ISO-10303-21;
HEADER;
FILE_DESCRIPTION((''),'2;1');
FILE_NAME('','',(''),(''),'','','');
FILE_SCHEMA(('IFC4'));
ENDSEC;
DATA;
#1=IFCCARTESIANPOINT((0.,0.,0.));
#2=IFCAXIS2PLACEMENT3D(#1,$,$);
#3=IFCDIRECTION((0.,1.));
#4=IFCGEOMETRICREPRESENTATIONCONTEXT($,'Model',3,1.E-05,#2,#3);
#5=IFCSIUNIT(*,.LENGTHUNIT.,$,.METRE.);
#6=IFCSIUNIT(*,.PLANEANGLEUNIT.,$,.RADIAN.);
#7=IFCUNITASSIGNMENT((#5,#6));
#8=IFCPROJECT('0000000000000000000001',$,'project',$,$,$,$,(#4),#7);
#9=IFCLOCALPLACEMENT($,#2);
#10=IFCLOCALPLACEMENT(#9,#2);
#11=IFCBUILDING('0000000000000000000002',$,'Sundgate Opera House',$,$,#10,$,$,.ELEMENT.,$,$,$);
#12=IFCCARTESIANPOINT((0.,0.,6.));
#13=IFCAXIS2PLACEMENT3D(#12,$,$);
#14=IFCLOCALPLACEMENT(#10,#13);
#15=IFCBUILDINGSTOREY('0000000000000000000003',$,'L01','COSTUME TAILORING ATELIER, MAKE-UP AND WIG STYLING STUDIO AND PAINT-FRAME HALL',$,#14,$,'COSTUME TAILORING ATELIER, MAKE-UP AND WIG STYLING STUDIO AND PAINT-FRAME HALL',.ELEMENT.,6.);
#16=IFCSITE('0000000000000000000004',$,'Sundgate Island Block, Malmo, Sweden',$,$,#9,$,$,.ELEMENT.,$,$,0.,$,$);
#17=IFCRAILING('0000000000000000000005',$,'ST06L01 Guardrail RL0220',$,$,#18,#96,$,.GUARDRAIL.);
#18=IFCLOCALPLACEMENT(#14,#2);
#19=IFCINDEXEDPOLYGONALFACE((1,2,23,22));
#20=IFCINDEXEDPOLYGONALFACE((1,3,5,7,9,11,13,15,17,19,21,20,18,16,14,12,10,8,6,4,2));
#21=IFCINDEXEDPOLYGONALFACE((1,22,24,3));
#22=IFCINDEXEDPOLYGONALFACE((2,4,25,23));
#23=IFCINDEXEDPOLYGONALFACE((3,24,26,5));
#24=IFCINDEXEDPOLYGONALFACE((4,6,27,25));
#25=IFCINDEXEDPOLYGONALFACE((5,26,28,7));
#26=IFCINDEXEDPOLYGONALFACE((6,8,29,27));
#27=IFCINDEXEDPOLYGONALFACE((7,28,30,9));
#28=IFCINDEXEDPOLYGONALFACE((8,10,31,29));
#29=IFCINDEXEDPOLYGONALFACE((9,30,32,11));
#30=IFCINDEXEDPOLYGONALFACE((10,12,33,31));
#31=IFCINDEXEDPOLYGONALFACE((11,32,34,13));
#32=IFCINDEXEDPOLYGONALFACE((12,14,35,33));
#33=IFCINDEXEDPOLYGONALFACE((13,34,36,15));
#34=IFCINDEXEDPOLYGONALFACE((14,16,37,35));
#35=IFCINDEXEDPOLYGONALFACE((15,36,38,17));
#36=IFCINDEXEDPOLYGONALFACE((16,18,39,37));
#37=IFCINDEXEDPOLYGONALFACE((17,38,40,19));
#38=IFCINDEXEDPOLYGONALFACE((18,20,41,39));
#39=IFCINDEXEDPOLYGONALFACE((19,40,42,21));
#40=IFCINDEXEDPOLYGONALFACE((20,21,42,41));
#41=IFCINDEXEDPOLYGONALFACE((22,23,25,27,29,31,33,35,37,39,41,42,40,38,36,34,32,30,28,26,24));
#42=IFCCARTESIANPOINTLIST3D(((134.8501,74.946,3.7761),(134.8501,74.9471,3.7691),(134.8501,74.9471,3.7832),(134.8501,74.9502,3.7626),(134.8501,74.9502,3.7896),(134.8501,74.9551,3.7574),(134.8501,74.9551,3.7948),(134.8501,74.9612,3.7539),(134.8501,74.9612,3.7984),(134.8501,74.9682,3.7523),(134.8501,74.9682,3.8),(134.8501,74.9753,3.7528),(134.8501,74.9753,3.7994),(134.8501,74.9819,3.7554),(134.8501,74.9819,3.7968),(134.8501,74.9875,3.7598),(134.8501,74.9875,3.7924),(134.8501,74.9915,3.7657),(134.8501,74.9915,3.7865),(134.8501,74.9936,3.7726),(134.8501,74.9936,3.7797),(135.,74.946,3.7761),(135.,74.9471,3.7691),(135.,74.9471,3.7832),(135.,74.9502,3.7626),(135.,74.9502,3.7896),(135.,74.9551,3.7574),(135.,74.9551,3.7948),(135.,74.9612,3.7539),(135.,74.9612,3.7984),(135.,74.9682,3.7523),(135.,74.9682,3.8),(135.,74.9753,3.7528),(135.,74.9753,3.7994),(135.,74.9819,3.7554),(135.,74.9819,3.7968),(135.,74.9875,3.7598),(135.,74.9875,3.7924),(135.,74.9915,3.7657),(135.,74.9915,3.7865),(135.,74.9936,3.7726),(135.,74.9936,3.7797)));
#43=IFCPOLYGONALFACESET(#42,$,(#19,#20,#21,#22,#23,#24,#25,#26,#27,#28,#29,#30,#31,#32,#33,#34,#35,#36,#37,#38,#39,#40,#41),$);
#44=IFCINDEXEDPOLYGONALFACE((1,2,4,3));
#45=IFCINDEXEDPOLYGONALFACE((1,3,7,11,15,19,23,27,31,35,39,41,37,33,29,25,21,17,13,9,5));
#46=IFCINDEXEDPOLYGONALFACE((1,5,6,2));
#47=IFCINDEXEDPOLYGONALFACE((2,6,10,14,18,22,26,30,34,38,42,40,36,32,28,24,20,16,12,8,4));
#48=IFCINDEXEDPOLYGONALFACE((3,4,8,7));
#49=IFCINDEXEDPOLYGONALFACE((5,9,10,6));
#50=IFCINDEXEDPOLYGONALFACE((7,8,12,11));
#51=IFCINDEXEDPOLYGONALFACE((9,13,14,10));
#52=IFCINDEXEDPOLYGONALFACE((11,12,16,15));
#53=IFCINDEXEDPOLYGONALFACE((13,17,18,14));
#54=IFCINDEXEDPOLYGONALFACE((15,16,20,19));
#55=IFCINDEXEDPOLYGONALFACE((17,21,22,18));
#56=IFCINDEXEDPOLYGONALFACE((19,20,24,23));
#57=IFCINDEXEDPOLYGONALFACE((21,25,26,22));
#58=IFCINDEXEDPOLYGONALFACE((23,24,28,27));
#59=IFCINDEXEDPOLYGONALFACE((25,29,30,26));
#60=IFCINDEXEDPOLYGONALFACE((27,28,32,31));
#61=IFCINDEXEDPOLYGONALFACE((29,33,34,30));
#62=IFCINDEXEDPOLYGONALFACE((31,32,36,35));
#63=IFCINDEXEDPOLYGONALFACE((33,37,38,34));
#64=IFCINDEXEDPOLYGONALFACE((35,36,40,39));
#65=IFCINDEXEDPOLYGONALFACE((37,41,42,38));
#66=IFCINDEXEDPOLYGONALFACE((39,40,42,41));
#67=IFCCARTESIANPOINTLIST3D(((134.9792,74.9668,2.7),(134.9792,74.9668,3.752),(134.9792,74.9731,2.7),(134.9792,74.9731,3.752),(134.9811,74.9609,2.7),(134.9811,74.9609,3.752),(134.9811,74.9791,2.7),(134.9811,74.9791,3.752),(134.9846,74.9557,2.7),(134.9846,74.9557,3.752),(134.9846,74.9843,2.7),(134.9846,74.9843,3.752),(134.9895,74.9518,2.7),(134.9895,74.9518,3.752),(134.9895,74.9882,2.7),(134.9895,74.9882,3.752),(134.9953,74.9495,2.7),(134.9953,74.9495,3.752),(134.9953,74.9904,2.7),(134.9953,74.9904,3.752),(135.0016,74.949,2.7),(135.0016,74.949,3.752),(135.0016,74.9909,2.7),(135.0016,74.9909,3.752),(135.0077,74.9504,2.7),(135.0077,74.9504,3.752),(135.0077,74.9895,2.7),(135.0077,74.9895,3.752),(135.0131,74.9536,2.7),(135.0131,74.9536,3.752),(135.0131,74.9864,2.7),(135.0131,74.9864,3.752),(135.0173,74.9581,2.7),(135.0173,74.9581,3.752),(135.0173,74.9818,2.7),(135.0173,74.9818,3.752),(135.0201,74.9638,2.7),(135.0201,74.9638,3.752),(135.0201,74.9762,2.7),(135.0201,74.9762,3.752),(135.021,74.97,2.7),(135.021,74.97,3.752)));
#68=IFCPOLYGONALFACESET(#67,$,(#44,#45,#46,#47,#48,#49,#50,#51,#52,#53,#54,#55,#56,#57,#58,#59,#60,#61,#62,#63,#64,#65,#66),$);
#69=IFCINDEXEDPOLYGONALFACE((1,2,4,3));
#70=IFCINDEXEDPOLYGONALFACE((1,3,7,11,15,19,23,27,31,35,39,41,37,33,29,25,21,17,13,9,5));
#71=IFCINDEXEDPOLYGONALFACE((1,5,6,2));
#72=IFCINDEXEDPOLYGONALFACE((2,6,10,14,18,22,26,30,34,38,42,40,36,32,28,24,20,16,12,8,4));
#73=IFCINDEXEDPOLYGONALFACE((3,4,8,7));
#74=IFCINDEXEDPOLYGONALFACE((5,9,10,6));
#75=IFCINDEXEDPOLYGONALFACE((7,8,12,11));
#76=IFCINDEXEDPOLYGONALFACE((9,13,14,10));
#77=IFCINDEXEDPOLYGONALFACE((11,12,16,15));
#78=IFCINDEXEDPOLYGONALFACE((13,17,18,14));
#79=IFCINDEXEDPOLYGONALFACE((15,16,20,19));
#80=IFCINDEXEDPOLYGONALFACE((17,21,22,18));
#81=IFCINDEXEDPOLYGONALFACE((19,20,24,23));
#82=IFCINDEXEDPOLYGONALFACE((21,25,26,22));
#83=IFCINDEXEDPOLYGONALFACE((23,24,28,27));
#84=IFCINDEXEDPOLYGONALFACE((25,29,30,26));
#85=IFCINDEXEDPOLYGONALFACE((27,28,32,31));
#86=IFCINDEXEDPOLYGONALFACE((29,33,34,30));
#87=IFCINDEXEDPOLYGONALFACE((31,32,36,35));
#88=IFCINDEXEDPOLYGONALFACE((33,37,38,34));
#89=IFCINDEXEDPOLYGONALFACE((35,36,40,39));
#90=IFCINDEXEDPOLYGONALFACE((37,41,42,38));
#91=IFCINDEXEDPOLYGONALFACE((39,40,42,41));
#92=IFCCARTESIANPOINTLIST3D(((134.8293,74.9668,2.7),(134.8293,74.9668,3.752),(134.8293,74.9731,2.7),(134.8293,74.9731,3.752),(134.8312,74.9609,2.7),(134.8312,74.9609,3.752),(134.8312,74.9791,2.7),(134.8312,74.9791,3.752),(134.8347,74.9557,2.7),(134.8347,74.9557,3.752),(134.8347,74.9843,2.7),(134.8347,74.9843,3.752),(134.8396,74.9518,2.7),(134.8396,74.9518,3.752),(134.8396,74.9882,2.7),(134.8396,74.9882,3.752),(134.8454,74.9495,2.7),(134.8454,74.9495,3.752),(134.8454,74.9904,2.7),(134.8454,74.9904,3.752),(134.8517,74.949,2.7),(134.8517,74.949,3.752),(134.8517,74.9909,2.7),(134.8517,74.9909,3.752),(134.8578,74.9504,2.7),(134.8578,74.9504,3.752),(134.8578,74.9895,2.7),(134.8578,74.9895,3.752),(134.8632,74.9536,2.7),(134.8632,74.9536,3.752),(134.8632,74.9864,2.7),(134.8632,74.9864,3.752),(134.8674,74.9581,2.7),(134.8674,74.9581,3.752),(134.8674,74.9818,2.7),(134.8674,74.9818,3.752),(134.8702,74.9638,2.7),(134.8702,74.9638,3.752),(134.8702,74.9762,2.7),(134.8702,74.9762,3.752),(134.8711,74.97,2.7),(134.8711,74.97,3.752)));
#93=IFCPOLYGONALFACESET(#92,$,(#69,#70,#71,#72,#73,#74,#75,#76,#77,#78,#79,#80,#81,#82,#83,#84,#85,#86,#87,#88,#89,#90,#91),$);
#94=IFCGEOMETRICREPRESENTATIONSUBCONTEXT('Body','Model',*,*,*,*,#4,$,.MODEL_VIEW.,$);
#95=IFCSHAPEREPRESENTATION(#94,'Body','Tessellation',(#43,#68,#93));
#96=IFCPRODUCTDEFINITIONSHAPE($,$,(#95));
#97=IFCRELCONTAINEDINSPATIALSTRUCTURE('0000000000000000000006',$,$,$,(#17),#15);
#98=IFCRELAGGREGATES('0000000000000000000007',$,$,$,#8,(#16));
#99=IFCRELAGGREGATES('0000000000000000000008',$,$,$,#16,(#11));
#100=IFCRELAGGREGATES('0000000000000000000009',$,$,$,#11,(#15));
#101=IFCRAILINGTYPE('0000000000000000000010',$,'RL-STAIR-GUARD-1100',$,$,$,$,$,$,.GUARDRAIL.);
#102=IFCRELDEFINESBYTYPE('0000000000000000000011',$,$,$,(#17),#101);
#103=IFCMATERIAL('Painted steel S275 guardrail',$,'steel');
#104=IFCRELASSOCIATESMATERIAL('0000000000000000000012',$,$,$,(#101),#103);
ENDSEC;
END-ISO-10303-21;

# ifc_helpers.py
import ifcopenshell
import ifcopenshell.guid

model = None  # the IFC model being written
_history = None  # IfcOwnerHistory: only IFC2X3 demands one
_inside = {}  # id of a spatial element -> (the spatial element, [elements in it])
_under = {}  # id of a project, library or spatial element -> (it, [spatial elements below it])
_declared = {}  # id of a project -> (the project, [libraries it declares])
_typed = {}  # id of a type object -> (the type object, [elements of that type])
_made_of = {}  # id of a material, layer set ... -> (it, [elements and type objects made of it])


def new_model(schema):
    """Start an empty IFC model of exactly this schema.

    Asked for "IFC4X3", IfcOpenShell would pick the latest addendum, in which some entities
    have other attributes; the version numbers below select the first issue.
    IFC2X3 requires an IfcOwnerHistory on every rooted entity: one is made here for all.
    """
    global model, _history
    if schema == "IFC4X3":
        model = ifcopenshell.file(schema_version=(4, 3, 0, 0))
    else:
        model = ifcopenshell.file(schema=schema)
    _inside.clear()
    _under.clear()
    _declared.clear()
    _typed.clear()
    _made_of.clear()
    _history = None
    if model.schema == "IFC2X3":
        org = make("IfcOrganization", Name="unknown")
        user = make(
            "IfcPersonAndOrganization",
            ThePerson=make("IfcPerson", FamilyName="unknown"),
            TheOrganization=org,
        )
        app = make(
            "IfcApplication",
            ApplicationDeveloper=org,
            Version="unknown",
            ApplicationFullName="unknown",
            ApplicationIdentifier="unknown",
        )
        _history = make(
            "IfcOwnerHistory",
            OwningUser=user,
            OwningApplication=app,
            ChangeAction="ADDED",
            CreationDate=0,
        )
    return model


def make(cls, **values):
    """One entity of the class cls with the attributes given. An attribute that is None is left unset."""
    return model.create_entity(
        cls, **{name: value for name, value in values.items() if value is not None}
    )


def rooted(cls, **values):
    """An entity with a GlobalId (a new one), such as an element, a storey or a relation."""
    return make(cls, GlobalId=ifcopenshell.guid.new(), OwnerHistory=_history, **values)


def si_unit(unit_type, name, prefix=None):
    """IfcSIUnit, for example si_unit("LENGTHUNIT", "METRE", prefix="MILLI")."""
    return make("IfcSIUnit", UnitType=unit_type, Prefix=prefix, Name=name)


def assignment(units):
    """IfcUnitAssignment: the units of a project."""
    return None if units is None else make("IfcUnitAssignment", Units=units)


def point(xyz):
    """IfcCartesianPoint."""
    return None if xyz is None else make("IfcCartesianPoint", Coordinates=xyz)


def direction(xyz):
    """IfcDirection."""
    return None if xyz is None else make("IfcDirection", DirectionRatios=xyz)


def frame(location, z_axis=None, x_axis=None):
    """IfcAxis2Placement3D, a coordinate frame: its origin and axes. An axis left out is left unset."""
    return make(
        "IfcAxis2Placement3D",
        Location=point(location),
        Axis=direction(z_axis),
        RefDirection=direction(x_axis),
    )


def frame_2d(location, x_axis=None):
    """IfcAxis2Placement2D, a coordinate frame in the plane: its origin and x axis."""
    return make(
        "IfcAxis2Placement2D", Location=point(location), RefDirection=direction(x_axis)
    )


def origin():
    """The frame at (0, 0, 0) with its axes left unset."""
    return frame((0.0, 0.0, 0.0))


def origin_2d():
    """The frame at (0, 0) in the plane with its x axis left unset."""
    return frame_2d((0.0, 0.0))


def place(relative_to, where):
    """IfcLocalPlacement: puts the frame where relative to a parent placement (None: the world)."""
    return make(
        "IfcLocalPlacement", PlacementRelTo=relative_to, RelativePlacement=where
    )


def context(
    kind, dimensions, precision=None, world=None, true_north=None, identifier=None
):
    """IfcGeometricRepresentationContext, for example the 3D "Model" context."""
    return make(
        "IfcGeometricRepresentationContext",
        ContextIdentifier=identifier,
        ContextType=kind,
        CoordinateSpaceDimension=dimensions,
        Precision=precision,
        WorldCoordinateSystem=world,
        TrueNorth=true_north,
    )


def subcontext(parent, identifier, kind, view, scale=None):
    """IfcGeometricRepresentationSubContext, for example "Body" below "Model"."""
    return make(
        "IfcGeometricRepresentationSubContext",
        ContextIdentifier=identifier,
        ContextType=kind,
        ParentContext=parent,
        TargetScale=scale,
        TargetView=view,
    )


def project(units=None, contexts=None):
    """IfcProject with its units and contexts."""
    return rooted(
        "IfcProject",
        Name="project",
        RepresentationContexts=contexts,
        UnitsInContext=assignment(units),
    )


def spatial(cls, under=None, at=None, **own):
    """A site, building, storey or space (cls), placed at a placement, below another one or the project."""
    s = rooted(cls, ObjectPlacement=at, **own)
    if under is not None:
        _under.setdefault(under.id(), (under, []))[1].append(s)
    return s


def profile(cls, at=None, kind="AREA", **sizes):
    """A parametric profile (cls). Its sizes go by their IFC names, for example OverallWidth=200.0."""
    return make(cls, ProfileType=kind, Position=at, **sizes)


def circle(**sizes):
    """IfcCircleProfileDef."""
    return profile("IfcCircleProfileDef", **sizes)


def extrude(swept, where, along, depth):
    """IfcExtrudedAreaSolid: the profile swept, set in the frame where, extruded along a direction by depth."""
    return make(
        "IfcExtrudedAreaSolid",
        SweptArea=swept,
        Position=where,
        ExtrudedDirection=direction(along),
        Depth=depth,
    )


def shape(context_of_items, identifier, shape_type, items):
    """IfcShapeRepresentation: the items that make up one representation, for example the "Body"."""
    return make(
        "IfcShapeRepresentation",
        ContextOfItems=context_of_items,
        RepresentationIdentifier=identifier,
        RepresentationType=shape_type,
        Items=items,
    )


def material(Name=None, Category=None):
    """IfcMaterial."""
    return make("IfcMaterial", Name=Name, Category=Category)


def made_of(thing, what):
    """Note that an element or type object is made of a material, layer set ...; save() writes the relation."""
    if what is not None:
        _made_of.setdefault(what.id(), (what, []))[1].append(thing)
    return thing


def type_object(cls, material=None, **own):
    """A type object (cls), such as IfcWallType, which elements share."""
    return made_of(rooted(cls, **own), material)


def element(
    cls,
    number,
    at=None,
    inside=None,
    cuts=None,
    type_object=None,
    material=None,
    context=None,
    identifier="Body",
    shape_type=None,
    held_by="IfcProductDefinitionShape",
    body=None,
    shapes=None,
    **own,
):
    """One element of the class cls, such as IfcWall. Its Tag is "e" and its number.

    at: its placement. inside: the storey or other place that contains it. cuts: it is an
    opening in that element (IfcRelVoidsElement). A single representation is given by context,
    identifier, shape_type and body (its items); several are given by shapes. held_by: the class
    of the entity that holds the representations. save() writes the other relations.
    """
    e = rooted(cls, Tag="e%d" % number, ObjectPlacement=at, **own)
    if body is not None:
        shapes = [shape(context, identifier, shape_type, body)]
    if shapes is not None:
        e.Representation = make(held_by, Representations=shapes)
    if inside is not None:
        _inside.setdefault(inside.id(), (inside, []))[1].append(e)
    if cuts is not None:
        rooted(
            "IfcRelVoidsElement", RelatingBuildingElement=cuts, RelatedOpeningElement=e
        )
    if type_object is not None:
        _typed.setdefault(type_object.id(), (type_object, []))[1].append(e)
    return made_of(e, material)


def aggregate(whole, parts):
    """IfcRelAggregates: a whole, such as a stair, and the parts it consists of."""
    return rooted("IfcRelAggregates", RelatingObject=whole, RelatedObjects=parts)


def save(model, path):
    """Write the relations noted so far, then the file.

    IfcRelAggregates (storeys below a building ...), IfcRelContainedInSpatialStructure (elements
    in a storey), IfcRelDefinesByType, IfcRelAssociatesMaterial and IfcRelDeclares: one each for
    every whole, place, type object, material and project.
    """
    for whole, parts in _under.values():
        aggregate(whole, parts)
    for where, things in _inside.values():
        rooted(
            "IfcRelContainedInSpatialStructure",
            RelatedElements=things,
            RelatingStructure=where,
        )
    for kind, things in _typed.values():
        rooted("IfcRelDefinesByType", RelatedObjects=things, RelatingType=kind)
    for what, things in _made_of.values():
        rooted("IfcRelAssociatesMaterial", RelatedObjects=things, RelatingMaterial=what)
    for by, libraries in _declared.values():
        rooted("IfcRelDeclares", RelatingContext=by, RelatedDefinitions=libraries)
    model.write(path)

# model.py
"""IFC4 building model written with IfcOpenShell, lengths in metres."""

from ifc_helpers import new_model, si_unit, direction, frame, origin, origin_2d, place, context, subcontext, project, spatial, circle, extrude, material, type_object, element, save


model = new_model("IFC4")

# Units and contexts
model_context = context("Model", 3, precision=1e-05, world=origin(), true_north=direction((0.0, 1.0)))
body_context = subcontext(model_context, "Body", "Model", "MODEL_VIEW")
ifc_project = project(units=[si_unit("LENGTHUNIT", "METRE"), si_unit("PLANEANGLEUNIT", "RADIAN")], contexts=[model_context])

# Site, building, storey
site_placement = place(None, origin())
site = spatial("IfcSite", under=ifc_project, at=site_placement, Name="Sundgate Island Block, Malmo, Sweden", CompositionType="ELEMENT", RefElevation=0.0)
building_placement = place(site_placement, origin())
building = spatial("IfcBuilding", under=site, at=building_placement, Name="Sundgate Opera House", CompositionType="ELEMENT")
storey_placement = place(building_placement, frame((0.0, 0.0, 6.0)))
storey = spatial("IfcBuildingStorey", under=building, at=storey_placement, Name="L01", Description="COSTUME TAILORING ATELIER, MAKE-UP AND WIG STYLING STUDIO AND PAINT-FRAME HALL", LongName="COSTUME TAILORING ATELIER, MAKE-UP AND WIG STYLING STUDIO AND PAINT-FRAME HALL", CompositionType="ELEMENT", Elevation=6.0)

# Railing
ifc_material_1 = material(Name="Painted steel S275 guardrail", Category="steel")
railing_type_1 = type_object("IfcRailingType", Name="RL-STAIR-GUARD-1100", PredefinedType="GUARDRAIL", material=ifc_material_1)
railing_1_placement = place(storey_placement, frame((135.0, 74.97, 2.7)))
element("IfcRailing", 1, at=railing_1_placement, inside=storey, type_object=railing_type_1, Name="ST06L01 Guardrail RL0220", PredefinedType="GUARDRAIL", context=body_context, shape_type="SweptSolid", body=[
    extrude(circle(Radius=0.0239, at=origin_2d()), frame((0.0, 0.0, 1.0762), z_axis=(-1.0, 0.0, 0.0), x_axis=(0.0, -1.0, 0.0)), (0.0, 0.0, 1.0), 0.1499),
    extrude(circle(Radius=0.021, at=origin_2d()), origin(), (0.0, 0.0, 1.0), 1.052),
    extrude(circle(Radius=0.021, at=origin_2d()), frame((-0.1499, 0.0, 0.0)), (0.0, 0.0, 1.0), 1.052),
])

save(model, "model.ifc")
